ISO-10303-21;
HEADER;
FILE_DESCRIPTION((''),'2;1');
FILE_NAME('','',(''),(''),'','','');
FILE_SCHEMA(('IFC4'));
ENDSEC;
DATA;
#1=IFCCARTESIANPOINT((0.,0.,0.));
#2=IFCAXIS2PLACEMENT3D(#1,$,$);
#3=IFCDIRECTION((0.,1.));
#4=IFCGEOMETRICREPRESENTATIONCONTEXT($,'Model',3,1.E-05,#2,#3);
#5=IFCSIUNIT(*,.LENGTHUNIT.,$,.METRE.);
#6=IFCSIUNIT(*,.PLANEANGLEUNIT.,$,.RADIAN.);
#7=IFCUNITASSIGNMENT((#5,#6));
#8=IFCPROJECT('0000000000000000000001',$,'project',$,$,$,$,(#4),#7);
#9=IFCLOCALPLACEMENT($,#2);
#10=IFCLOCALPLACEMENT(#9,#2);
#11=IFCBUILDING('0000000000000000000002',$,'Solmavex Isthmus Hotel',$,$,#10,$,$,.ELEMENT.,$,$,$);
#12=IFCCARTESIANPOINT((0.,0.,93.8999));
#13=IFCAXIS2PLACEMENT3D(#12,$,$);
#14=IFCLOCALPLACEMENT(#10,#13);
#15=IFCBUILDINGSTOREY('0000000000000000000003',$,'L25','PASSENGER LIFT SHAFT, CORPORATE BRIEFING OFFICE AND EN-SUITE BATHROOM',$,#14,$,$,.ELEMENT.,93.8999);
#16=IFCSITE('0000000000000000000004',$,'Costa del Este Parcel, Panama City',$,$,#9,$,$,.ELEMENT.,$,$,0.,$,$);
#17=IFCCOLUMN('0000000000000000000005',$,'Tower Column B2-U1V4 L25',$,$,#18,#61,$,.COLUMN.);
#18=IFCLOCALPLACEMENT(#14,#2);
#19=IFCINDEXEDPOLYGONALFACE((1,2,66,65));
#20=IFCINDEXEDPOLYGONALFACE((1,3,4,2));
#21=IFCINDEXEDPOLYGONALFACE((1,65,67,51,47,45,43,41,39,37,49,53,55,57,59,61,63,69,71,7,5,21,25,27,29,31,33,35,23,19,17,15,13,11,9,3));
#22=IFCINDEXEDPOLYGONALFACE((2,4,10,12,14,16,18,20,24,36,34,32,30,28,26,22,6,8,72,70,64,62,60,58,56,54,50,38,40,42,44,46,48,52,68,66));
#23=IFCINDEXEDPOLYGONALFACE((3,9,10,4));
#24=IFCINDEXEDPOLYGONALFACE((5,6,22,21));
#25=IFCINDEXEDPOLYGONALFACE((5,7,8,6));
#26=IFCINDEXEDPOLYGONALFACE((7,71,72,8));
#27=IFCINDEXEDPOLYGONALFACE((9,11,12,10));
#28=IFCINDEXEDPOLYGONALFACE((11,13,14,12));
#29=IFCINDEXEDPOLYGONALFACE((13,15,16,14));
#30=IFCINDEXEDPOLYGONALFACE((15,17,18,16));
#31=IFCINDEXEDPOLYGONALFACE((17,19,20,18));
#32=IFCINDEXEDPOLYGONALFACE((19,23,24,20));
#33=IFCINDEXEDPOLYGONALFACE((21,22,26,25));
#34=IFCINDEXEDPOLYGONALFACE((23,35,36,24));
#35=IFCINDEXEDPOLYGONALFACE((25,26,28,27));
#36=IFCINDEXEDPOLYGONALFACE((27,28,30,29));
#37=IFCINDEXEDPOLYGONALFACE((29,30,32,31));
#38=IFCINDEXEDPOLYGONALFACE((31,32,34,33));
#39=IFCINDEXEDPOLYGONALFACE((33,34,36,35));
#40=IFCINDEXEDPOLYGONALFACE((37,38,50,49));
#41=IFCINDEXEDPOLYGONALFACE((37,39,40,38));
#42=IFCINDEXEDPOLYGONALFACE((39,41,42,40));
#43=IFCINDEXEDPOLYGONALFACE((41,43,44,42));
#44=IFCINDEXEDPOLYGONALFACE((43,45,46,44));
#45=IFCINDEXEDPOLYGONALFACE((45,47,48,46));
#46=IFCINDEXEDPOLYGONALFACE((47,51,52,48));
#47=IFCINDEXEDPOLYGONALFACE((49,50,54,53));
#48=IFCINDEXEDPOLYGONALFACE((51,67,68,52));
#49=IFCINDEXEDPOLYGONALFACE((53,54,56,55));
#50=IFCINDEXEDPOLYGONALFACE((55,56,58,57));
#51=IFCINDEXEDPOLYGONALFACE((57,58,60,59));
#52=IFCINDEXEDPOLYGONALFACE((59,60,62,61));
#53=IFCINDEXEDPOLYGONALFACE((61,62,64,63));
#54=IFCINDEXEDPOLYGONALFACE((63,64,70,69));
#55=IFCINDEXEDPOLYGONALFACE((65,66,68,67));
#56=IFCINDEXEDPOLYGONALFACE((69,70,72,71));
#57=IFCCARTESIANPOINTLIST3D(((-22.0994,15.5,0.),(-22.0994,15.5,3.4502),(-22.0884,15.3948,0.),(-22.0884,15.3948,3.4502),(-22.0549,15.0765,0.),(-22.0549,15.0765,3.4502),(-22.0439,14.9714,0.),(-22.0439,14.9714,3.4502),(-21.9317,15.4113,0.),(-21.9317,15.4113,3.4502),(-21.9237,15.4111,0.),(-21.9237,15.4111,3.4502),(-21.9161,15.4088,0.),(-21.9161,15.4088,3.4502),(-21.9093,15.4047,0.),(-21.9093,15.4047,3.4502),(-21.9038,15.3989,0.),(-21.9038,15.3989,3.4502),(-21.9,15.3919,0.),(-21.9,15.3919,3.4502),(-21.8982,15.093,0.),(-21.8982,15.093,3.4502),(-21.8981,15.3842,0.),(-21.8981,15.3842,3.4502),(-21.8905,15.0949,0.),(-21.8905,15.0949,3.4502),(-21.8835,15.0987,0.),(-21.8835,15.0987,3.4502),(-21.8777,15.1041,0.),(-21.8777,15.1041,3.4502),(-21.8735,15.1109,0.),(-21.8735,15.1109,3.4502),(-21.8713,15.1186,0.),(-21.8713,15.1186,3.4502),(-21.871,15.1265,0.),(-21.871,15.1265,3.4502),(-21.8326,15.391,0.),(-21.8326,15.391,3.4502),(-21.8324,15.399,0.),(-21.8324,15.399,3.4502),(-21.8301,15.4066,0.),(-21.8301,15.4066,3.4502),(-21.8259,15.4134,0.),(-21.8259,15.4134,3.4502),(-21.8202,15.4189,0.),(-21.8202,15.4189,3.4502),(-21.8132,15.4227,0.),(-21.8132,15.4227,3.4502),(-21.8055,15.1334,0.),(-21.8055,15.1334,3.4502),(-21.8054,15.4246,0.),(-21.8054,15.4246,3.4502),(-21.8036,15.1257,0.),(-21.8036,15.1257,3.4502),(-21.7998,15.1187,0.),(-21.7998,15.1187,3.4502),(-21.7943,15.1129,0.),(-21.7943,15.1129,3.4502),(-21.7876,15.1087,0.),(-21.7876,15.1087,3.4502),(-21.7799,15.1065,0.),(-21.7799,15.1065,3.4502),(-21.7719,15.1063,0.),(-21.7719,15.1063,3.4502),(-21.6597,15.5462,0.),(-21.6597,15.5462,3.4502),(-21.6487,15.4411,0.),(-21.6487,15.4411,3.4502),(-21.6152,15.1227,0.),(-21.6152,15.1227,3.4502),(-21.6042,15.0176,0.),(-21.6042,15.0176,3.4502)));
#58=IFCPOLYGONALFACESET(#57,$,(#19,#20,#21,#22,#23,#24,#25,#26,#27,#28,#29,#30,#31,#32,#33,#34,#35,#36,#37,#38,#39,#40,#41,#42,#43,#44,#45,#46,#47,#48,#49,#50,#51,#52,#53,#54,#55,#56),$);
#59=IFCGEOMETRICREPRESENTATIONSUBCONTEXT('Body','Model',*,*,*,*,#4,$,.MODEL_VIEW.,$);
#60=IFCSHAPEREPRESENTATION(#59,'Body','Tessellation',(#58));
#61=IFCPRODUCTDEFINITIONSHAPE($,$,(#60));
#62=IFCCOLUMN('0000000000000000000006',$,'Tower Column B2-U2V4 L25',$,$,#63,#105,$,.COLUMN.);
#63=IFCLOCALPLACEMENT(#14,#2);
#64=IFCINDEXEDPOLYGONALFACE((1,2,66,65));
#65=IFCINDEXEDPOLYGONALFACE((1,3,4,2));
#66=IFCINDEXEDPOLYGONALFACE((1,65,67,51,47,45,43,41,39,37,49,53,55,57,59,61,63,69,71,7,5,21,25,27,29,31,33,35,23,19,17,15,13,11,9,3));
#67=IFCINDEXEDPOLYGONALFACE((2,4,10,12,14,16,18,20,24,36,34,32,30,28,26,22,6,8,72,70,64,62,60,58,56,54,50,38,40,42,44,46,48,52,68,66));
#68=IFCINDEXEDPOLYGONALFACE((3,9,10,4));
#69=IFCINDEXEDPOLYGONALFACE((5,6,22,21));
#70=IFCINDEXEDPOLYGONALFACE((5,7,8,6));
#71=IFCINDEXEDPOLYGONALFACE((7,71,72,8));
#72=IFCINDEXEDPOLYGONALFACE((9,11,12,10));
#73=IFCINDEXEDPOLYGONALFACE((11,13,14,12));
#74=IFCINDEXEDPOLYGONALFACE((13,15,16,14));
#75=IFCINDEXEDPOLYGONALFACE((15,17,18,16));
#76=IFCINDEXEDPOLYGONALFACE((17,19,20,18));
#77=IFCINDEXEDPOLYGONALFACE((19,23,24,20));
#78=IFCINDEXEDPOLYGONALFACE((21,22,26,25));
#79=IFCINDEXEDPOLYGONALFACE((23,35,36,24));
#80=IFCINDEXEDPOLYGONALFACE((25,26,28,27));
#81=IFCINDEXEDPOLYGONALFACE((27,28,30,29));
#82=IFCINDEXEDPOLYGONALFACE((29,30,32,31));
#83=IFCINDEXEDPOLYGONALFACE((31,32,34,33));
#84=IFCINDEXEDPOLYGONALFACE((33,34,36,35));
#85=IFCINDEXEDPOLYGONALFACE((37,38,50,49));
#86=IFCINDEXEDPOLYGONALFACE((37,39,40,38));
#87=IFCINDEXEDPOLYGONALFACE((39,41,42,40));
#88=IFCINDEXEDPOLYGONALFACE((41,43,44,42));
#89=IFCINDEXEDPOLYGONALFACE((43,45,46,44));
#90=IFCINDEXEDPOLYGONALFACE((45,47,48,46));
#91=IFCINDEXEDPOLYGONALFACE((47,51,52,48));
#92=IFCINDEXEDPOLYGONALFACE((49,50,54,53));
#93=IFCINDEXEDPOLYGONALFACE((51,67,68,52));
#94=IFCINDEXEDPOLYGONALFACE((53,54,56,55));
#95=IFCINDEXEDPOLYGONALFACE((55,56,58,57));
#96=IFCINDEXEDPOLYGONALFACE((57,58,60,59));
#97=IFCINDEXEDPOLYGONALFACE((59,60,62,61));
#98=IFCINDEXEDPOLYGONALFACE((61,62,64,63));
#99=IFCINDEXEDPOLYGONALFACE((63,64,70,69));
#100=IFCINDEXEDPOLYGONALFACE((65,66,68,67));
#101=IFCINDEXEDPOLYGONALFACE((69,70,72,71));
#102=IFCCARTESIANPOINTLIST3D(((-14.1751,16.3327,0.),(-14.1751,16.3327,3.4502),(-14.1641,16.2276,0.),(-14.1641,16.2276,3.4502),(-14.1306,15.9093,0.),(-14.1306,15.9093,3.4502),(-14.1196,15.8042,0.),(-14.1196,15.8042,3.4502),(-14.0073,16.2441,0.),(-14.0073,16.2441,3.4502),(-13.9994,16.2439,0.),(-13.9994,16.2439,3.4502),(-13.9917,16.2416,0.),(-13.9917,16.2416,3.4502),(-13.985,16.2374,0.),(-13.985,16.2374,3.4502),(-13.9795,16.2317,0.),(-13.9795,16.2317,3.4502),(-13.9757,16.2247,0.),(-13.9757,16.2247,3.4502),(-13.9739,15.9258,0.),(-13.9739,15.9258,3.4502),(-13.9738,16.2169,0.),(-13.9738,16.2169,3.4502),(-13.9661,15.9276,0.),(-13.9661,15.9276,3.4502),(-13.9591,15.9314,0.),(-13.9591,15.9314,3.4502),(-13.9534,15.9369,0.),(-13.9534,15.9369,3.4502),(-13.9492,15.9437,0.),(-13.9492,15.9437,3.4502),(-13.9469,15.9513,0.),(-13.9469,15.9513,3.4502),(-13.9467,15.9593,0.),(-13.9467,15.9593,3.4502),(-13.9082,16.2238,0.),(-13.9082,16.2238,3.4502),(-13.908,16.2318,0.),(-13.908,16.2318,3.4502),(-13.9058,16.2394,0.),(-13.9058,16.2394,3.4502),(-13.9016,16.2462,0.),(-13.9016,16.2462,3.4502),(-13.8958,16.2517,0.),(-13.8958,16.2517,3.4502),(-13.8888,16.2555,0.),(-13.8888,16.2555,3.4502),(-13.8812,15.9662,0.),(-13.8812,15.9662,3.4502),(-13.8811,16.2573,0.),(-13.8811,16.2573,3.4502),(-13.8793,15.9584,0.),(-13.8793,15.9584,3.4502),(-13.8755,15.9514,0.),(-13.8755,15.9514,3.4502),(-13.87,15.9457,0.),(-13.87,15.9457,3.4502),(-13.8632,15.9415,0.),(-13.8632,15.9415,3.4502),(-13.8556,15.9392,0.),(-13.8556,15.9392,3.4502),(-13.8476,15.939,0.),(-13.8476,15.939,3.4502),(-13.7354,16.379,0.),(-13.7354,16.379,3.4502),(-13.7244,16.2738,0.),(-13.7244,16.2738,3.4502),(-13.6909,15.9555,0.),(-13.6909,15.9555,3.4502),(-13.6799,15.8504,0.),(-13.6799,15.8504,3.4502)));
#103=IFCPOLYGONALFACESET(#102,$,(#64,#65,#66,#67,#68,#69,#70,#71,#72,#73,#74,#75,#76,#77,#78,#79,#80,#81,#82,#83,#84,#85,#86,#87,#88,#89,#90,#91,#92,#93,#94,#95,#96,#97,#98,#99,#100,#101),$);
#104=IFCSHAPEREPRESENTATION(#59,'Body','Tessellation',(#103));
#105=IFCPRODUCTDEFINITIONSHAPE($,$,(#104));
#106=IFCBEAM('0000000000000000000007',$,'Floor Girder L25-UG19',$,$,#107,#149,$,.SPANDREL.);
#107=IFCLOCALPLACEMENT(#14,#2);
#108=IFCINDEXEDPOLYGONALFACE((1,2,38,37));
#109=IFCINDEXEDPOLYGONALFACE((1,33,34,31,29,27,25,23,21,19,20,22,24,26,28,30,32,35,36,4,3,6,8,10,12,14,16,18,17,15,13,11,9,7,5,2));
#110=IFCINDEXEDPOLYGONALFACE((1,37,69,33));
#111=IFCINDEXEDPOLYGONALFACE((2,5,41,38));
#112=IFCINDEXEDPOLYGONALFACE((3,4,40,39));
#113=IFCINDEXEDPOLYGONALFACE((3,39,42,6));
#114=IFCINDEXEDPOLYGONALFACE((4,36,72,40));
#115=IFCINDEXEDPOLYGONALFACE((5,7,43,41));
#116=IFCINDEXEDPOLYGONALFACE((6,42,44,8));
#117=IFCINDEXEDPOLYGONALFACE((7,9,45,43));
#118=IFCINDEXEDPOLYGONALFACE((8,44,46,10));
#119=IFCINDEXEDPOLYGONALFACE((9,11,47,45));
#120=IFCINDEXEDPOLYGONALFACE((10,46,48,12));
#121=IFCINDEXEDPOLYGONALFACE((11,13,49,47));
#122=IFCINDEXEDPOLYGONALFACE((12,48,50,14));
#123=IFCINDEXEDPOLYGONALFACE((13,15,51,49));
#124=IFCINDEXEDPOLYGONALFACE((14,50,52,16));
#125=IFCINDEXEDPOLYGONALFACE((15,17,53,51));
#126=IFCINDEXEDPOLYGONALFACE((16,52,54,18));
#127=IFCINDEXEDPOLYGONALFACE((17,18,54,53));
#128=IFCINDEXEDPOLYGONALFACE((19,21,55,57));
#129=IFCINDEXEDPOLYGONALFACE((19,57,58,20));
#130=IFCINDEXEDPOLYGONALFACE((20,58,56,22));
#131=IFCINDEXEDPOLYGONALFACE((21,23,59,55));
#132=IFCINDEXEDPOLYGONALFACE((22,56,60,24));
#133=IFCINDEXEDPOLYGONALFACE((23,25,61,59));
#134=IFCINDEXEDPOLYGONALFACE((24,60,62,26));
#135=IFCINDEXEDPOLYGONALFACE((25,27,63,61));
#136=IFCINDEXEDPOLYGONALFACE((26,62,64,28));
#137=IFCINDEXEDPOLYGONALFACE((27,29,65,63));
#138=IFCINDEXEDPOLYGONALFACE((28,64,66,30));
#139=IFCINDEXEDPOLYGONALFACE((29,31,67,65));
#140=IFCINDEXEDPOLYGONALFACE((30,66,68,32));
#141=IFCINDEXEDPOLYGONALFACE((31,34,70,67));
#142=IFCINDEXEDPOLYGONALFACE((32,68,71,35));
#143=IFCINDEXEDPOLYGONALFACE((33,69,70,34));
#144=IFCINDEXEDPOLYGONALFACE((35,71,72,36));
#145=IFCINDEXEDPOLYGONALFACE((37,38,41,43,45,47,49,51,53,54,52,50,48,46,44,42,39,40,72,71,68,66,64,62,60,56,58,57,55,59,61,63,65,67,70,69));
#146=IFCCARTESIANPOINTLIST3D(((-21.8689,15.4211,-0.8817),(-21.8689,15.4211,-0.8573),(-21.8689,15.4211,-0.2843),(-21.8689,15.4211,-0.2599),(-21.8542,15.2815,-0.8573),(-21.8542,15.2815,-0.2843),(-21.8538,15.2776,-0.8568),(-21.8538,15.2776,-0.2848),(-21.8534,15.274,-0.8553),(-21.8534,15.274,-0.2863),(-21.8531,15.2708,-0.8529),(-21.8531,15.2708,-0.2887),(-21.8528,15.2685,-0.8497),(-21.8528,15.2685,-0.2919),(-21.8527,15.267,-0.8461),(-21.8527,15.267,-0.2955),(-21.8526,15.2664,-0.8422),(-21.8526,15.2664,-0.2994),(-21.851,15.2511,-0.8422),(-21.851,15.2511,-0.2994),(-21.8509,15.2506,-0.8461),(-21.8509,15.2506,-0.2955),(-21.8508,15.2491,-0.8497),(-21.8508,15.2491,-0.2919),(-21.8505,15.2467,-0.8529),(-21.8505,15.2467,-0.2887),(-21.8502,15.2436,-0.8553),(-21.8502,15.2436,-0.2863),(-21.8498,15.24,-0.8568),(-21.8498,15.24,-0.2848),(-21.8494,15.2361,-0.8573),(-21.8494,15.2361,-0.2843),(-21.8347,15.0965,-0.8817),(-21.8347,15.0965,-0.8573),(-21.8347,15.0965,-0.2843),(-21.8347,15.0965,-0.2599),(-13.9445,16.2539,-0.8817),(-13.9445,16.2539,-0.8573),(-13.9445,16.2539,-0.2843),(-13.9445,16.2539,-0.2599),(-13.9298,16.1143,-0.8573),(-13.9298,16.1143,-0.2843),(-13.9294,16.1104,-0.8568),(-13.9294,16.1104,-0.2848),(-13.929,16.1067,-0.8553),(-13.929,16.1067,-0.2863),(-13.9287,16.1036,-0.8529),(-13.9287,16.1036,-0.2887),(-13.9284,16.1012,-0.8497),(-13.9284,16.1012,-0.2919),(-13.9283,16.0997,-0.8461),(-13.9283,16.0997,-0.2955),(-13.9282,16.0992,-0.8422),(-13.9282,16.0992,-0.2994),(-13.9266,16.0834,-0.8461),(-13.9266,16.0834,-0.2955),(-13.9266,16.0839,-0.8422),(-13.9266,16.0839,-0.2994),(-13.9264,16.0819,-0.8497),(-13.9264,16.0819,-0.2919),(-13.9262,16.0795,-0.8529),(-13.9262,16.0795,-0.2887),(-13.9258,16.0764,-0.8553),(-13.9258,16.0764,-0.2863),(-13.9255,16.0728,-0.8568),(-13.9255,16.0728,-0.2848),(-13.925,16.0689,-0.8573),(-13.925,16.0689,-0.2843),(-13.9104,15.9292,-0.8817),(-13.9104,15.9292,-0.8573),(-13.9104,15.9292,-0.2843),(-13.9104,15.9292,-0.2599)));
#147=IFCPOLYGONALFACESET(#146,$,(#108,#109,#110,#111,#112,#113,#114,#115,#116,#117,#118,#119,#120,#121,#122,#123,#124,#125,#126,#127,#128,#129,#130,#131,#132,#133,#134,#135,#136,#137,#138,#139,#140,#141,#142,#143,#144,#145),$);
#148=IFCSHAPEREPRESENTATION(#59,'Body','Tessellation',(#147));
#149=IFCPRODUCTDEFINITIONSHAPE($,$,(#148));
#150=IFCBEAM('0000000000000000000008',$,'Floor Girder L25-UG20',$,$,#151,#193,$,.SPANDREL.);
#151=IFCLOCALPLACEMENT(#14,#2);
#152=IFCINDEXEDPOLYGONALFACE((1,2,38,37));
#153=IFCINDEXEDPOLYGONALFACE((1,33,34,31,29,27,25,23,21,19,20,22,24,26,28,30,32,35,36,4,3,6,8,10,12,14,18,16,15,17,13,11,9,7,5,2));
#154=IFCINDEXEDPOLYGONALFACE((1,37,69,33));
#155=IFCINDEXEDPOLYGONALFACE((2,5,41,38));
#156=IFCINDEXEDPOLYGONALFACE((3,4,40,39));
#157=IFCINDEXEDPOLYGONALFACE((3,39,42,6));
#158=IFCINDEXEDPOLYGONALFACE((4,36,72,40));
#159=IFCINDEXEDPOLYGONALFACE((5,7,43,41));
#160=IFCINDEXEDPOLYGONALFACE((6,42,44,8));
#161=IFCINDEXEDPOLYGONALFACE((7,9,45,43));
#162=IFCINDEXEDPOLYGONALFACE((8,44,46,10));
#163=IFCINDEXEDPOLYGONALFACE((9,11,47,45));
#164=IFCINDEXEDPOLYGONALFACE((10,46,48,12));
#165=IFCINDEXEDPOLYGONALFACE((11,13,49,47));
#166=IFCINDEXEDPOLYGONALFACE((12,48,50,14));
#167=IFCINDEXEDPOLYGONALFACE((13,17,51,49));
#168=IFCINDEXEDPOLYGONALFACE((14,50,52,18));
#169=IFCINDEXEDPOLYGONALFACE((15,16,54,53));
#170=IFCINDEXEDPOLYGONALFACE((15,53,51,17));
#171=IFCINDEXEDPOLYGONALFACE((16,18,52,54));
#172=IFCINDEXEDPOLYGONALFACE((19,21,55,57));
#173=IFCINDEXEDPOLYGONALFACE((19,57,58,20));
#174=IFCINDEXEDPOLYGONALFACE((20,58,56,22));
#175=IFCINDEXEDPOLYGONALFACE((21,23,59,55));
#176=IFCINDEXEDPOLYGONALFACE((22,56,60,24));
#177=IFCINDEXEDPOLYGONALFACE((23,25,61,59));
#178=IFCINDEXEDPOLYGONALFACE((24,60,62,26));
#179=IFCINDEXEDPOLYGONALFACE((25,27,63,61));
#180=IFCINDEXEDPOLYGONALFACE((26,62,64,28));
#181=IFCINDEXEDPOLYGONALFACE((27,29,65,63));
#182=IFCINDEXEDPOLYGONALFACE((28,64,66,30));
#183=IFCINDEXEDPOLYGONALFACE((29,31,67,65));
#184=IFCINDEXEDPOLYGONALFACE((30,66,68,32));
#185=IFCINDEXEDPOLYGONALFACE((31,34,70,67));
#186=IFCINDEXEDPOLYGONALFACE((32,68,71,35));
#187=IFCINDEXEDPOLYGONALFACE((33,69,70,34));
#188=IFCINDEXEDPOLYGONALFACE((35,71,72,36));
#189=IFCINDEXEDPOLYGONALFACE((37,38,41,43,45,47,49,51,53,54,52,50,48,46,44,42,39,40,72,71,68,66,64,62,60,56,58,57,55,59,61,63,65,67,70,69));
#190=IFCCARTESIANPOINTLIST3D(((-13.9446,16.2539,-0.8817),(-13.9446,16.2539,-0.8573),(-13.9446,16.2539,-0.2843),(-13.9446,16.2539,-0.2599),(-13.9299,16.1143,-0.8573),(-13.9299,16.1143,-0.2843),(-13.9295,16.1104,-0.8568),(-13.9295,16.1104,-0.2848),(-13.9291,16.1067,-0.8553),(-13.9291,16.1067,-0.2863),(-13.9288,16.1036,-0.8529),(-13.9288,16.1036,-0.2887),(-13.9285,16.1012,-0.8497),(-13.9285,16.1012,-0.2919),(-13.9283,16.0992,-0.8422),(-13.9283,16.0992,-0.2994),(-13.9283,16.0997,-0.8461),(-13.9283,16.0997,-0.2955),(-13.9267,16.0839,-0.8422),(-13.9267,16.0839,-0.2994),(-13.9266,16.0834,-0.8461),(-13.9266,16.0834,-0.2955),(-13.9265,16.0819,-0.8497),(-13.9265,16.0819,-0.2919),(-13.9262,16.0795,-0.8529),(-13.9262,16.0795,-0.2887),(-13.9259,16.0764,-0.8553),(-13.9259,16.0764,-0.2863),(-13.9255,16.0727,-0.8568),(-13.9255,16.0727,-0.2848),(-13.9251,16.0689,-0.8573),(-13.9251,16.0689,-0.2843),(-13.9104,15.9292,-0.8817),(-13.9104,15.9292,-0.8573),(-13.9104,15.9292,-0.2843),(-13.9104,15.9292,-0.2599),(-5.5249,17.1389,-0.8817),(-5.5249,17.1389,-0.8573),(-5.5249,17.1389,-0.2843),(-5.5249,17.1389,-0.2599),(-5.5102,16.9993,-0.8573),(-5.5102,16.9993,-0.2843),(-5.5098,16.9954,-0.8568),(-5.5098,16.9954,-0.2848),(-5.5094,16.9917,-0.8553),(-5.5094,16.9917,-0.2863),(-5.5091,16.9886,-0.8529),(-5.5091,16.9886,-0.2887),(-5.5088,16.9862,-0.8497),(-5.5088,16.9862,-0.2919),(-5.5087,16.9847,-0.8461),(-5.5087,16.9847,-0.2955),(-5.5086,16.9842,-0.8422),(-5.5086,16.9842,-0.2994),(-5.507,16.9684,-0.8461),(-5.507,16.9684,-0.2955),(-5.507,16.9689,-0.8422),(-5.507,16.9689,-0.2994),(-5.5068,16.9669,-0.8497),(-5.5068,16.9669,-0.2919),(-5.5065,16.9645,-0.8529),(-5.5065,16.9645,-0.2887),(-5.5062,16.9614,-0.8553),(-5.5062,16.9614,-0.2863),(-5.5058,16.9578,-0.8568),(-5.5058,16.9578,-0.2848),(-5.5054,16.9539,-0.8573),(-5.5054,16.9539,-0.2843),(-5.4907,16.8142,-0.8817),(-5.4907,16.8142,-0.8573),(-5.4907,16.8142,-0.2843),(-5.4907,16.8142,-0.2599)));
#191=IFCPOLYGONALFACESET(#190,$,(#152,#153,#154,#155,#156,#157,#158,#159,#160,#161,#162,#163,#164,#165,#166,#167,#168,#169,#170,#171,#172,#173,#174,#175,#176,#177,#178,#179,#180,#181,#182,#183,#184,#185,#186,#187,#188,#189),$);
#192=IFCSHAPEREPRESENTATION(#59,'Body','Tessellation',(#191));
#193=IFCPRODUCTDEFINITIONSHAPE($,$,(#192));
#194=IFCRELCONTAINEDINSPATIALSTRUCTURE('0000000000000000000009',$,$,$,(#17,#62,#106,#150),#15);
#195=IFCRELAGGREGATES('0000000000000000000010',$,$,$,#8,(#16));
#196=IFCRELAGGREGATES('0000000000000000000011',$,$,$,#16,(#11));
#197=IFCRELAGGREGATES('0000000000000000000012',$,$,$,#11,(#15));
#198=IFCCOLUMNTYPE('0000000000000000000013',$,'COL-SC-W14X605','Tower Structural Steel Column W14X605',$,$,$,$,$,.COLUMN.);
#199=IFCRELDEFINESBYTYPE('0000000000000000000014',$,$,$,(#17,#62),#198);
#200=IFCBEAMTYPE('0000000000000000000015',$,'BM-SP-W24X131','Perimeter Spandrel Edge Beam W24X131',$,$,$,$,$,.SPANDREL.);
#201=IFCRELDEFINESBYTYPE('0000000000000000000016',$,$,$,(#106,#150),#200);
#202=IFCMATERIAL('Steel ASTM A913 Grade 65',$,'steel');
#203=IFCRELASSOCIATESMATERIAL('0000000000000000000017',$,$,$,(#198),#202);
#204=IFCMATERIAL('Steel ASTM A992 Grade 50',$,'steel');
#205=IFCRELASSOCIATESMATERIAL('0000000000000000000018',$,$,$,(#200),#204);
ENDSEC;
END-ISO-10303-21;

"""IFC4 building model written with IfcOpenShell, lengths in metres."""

from ifc_helpers import new_model, si_unit, direction, frame, origin, origin_2d, place, context, subcontext, project, spatial, i_section, extrude, material, material_profile, profile_set, type_object, element, save


model = new_model("IFC4")

# Units and contexts
model_context = context("Model", 3, precision=1e-05, world=origin(), true_north=direction((0.0, 1.0)))
body_context = subcontext(model_context, "Body", "Model", "MODEL_VIEW")
ifc_project = project(units=[si_unit("LENGTHUNIT", "METRE"), si_unit("PLANEANGLEUNIT", "RADIAN")], contexts=[model_context])

# Site, building, storey
site_placement = place(None, origin())
site = spatial("IfcSite", under=ifc_project, at=site_placement, Name="Costa del Este Parcel, Panama City", CompositionType="ELEMENT", RefElevation=0.0)
building_placement = place(site_placement, origin())
building = spatial("IfcBuilding", under=site, at=building_placement, Name="Solmavex Isthmus Hotel", CompositionType="ELEMENT")
storey_placement = place(building_placement, frame((0.0, 0.0, 93.8999)))
storey = spatial("IfcBuildingStorey", under=building, at=storey_placement, Name="L25", Description="PASSENGER LIFT SHAFT, CORPORATE BRIEFING OFFICE AND EN-SUITE BATHROOM", CompositionType="ELEMENT", Elevation=93.8999)

# Columns
ifc_material_1 = material(Name="Steel ASTM A913 Grade 65", Category="steel")
ifc_material_profile_1 = material_profile(ifc_material_1, i_section(OverallWidth=0.4421, OverallDepth=0.5315, WebThickness=0.0659, FlangeThickness=0.1057, FilletRadius=0.0305, at=origin_2d()), Name="W14X605")
ifc_profile_set_1 = profile_set([ifc_material_profile_1], Name="Steel ASTM A913 Grade 65")
column_type = type_object("IfcColumnType", Name="COL-SC-W14X605", Description="Tower Structural Steel Column W14X605", PredefinedType="COLUMN", material=ifc_profile_set_1)
for number, where, z_axis, x_axis, name in (
    (1, (-21.8518, 15.2588, 0.0), (0.0, 0.0, 1.0), (0.994522, 0.104528, 0.0), "Tower Column B2-U1V4 L25"),
    (2, (-13.9275, 16.0916, 0.0), (0.0, 0.0, 1.0), (0.994522, 0.104528, 0.0), "Tower Column B2-U2V4 L25"),
):
    element("IfcColumn", number, at=place(storey_placement, frame(where, z_axis=z_axis, x_axis=x_axis)), inside=storey, type_object=column_type, Name=name, PredefinedType="COLUMN", context=body_context, shape_type="SweptSolid", body=[
        extrude(i_section(OverallWidth=0.4421, OverallDepth=0.5315, WebThickness=0.0659, FlangeThickness=0.1057, FilletRadius=0.0305, at=origin_2d()), origin(), (0.0, 0.0, 1.0), 3.4502),
    ])

# Beams
ifc_material_2 = material(Name="Steel ASTM A992 Grade 50", Category="steel")
ifc_material_profile_2 = material_profile(ifc_material_2, i_section(OverallWidth=0.3264, OverallDepth=0.6218, WebThickness=0.0154, FlangeThickness=0.0244, FilletRadius=0.0151, at=origin_2d()), Name="W24X131")
ifc_profile_set_2 = profile_set([ifc_material_profile_2], Name="Steel ASTM A992 Grade 50")
beam_type = type_object("IfcBeamType", Name="BM-SP-W24X131", Description="Perimeter Spandrel Edge Beam W24X131", PredefinedType="SPANDREL", material=ifc_profile_set_2)
beam_1_placement = place(storey_placement, frame((-21.8518, 15.2588, -0.5708), z_axis=(0.994523, 0.104514, 0.0), x_axis=(-0.104514, 0.994523, 0.0)))
element("IfcBeam", 3, at=beam_1_placement, inside=storey, type_object=beam_type, Name="Floor Girder L25-UG19", PredefinedType="SPANDREL", context=body_context, shape_type="SweptSolid", body=[
    extrude(i_section(OverallWidth=0.3264, OverallDepth=0.6218, WebThickness=0.0154, FlangeThickness=0.0244, FilletRadius=0.0151, at=origin_2d()), origin(), (0.0, 0.0, 1.0), 7.968),
])
beam_2_placement = place(storey_placement, frame((-13.9275, 16.0916, -0.5708), z_axis=(0.994521, 0.104536, 0.0), x_axis=(-0.104536, 0.994521, 0.0)))
element("IfcBeam", 4, at=beam_2_placement, inside=storey, type_object=beam_type, Name="Floor Girder L25-UG20", PredefinedType="SPANDREL", context=body_context, shape_type="SweptSolid", body=[
    extrude(i_section(OverallWidth=0.3264, OverallDepth=0.6218, WebThickness=0.0154, FlangeThickness=0.0244, FilletRadius=0.0151, at=origin_2d()), origin(), (0.0, 0.0, 1.0), 8.4661),
])

save(model, "model.ifc")
